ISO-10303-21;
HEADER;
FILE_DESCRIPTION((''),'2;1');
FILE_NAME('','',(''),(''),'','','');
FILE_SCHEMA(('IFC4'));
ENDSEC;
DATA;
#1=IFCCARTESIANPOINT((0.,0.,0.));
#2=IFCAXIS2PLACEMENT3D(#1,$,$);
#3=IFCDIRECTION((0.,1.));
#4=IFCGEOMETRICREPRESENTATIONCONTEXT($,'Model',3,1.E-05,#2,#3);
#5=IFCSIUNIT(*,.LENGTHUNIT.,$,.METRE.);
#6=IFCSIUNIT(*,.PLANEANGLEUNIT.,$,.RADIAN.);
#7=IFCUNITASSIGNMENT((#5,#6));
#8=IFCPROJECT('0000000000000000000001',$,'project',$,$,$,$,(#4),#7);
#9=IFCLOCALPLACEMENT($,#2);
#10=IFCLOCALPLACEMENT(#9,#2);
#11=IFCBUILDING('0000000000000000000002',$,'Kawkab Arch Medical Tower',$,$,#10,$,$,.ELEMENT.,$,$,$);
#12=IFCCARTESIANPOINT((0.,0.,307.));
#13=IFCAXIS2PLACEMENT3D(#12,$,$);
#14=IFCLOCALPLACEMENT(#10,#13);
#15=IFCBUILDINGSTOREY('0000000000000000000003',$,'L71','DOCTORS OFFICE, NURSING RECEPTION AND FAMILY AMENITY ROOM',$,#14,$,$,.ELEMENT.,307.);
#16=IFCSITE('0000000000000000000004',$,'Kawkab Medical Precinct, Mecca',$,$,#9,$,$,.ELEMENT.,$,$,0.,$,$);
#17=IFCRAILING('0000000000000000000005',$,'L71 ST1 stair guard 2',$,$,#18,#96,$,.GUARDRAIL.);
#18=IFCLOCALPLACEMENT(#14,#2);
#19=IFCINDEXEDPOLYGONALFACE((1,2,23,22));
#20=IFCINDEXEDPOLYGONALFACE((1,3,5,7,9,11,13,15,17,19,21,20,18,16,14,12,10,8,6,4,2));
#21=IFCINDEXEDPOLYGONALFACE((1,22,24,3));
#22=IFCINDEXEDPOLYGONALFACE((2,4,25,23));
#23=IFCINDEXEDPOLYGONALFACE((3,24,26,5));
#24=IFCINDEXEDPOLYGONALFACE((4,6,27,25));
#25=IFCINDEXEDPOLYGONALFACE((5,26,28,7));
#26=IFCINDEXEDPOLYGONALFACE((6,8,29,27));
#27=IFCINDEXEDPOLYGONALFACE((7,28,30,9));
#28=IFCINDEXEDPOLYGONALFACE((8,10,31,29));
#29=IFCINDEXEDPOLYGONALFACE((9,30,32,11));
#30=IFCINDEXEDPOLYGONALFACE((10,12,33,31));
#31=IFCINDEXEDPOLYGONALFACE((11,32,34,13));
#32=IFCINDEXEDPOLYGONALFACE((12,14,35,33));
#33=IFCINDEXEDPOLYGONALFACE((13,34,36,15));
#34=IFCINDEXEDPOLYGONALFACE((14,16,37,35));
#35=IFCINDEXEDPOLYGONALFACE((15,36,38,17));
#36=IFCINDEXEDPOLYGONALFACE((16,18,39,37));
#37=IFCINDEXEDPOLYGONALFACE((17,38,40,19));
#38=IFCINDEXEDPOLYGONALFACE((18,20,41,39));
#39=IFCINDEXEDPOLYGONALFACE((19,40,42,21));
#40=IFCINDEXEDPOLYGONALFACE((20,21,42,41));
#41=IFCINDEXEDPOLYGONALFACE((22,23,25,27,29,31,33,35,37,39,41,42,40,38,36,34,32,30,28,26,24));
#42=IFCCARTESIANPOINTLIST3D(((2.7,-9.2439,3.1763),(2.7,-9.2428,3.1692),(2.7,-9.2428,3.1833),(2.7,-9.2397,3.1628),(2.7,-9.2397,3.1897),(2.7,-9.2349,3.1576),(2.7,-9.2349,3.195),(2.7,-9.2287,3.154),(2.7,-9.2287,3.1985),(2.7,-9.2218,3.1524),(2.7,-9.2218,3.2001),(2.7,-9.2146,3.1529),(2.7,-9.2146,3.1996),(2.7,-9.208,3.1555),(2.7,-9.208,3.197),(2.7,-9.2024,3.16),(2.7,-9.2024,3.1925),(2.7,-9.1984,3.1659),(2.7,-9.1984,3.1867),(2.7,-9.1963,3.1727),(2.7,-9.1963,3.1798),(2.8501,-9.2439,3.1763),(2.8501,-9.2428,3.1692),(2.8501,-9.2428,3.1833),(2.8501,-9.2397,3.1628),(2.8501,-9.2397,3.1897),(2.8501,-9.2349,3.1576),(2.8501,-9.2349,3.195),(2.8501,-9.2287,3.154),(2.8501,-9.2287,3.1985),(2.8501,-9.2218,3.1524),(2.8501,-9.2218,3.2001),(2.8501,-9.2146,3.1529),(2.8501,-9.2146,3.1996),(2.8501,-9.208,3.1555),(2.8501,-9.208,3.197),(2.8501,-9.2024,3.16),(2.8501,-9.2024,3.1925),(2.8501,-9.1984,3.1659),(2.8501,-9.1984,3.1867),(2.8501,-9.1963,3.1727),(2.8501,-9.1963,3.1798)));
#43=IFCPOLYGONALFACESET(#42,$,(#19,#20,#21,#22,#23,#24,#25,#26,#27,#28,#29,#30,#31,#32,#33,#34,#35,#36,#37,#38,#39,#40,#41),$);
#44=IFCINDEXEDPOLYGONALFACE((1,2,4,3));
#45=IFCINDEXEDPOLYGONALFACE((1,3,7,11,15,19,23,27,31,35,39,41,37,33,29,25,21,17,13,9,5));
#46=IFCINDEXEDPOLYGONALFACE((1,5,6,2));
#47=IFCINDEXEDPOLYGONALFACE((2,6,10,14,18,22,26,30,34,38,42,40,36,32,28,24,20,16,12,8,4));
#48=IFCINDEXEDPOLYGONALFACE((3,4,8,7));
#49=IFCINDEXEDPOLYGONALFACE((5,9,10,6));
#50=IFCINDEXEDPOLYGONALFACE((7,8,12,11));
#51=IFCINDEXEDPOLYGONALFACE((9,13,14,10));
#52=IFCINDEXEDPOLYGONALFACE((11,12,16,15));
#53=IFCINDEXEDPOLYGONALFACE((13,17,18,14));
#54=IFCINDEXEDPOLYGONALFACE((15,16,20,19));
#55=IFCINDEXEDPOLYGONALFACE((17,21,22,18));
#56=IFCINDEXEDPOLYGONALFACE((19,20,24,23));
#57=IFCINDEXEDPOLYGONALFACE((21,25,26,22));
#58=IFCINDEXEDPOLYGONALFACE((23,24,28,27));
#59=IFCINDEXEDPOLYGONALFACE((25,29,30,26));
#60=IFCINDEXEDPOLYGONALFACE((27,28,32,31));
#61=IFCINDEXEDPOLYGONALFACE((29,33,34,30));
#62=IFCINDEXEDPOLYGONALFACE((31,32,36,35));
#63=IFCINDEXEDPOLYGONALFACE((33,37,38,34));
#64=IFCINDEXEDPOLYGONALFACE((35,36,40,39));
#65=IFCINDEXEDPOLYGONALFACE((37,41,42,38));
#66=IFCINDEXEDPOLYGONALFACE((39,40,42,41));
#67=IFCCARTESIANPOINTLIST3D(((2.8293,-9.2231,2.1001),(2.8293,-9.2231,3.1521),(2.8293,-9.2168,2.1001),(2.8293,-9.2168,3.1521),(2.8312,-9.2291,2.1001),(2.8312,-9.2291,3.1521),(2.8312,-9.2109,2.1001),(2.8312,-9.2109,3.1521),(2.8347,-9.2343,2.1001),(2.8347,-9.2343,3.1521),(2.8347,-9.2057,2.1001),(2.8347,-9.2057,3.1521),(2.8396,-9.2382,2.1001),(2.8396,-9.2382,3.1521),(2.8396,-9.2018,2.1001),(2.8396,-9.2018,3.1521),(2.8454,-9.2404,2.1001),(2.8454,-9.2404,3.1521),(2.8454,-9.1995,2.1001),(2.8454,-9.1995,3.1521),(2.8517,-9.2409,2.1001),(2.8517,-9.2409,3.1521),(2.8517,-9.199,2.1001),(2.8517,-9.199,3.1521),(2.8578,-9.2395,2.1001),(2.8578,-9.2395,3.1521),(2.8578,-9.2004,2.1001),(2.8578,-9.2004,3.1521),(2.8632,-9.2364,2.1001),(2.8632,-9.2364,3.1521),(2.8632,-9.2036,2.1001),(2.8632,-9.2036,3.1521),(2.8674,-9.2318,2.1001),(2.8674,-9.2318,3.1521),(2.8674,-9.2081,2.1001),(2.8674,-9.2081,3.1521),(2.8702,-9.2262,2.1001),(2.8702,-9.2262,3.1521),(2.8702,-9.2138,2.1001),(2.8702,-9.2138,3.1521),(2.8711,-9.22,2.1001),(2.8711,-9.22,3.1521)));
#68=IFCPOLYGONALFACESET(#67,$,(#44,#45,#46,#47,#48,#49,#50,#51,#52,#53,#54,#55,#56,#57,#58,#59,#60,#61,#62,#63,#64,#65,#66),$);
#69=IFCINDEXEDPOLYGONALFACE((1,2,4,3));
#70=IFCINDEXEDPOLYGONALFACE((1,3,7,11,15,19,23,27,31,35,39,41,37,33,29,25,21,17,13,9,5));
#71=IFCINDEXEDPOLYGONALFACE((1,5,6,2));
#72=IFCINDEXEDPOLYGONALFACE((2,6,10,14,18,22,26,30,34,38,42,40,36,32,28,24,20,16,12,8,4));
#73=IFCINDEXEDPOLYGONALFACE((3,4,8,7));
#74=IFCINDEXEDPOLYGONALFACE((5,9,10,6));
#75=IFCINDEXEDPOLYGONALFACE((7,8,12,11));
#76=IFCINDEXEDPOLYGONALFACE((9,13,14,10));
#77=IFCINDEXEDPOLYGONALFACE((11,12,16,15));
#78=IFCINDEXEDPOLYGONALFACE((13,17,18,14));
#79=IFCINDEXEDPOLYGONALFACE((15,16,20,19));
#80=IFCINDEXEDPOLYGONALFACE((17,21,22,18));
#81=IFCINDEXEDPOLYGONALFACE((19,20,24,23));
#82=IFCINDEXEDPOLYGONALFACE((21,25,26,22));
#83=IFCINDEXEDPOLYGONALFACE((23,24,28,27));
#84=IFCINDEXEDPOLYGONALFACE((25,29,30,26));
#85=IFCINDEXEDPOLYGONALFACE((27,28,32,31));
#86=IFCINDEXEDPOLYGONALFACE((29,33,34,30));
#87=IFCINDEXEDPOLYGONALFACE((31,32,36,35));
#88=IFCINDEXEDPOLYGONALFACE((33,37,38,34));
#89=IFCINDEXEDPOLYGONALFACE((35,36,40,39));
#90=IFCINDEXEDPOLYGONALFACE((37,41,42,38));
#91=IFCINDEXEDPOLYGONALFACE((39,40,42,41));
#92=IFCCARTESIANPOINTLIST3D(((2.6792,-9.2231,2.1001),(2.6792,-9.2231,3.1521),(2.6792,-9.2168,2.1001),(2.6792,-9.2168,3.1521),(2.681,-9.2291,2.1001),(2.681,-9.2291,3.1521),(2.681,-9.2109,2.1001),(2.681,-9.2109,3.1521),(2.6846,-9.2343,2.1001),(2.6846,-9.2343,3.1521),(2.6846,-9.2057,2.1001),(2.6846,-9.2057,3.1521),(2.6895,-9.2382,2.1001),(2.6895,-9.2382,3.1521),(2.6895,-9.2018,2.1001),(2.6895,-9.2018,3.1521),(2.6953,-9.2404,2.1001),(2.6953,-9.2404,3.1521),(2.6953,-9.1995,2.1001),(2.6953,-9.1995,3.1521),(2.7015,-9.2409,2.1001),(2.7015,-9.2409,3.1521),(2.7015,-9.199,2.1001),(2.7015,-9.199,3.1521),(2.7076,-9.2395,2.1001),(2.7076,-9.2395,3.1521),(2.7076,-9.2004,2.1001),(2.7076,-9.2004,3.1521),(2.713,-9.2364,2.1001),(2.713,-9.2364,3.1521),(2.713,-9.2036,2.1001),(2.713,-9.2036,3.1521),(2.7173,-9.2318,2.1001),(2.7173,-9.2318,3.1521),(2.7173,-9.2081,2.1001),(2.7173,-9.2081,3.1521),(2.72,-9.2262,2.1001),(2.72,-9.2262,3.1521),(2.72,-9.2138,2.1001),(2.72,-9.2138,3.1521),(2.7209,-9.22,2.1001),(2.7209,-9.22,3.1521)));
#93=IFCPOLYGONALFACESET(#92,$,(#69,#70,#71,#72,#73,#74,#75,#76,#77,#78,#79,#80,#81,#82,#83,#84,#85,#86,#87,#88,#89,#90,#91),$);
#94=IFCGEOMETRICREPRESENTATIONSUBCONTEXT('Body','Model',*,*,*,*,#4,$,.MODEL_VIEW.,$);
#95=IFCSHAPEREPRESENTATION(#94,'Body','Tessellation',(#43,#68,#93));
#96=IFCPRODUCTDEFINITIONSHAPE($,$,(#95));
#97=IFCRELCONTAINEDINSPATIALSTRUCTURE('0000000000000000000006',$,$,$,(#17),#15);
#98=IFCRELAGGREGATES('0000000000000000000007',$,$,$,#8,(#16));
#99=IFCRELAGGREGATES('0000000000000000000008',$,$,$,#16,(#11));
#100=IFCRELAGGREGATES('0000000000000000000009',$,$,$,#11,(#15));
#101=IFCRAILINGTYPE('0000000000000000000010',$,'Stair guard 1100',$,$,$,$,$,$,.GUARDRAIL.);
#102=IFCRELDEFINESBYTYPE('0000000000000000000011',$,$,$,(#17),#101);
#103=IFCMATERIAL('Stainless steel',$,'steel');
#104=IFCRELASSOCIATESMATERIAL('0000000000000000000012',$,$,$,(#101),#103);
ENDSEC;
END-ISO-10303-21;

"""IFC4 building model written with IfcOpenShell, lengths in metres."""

from ifc_helpers import new_model, si_unit, direction, frame, origin, origin_2d, place, context, subcontext, project, spatial, circle, extrude, material, type_object, element, save


model = new_model("IFC4")

# Units and contexts
model_context = context("Model", 3, precision=1e-05, world=origin(), true_north=direction((0.0, 1.0)))
body_context = subcontext(model_context, "Body", "Model", "MODEL_VIEW")
ifc_project = project(units=[si_unit("LENGTHUNIT", "METRE"), si_unit("PLANEANGLEUNIT", "RADIAN")], contexts=[model_context])

# Site, building, storey
site_placement = place(None, origin())
site = spatial("IfcSite", under=ifc_project, at=site_placement, Name="Kawkab Medical Precinct, Mecca", CompositionType="ELEMENT", RefElevation=0.0)
building_placement = place(site_placement, origin())
building = spatial("IfcBuilding", under=site, at=building_placement, Name="Kawkab Arch Medical Tower", CompositionType="ELEMENT")
storey_placement = place(building_placement, frame((0.0, 0.0, 307.0)))
storey = spatial("IfcBuildingStorey", under=building, at=storey_placement, Name="L71", Description="DOCTORS OFFICE, NURSING RECEPTION AND FAMILY AMENITY ROOM", CompositionType="ELEMENT", Elevation=307.0)

# Railing
ifc_material_1 = material(Name="Stainless steel", Category="steel")
railing_type = type_object("IfcRailingType", Name="Stair guard 1100", PredefinedType="GUARDRAIL", material=ifc_material_1)
railing_1_placement = place(storey_placement, frame((2.8501, -9.22, 2.1001)))
element("IfcRailing", 1, at=railing_1_placement, inside=storey, type_object=railing_type, Name="L71 ST1 stair guard 2", PredefinedType="GUARDRAIL", context=body_context, shape_type="SweptSolid", body=[
    extrude(circle(Radius=0.0239, at=origin_2d()), frame((0.0, 0.0, 1.0762), z_axis=(-1.0, 0.0, 0.0), x_axis=(0.0, -1.0, 0.0)), (0.0, 0.0, 1.0), 0.1501),
    extrude(circle(Radius=0.021, at=origin_2d()), origin(), (0.0, 0.0, 1.0), 1.052),
    extrude(circle(Radius=0.021, at=origin_2d()), frame((-0.1501, 0.0, 0.0)), (0.0, 0.0, 1.0), 1.052),
])

save(model, "model.ifc")
